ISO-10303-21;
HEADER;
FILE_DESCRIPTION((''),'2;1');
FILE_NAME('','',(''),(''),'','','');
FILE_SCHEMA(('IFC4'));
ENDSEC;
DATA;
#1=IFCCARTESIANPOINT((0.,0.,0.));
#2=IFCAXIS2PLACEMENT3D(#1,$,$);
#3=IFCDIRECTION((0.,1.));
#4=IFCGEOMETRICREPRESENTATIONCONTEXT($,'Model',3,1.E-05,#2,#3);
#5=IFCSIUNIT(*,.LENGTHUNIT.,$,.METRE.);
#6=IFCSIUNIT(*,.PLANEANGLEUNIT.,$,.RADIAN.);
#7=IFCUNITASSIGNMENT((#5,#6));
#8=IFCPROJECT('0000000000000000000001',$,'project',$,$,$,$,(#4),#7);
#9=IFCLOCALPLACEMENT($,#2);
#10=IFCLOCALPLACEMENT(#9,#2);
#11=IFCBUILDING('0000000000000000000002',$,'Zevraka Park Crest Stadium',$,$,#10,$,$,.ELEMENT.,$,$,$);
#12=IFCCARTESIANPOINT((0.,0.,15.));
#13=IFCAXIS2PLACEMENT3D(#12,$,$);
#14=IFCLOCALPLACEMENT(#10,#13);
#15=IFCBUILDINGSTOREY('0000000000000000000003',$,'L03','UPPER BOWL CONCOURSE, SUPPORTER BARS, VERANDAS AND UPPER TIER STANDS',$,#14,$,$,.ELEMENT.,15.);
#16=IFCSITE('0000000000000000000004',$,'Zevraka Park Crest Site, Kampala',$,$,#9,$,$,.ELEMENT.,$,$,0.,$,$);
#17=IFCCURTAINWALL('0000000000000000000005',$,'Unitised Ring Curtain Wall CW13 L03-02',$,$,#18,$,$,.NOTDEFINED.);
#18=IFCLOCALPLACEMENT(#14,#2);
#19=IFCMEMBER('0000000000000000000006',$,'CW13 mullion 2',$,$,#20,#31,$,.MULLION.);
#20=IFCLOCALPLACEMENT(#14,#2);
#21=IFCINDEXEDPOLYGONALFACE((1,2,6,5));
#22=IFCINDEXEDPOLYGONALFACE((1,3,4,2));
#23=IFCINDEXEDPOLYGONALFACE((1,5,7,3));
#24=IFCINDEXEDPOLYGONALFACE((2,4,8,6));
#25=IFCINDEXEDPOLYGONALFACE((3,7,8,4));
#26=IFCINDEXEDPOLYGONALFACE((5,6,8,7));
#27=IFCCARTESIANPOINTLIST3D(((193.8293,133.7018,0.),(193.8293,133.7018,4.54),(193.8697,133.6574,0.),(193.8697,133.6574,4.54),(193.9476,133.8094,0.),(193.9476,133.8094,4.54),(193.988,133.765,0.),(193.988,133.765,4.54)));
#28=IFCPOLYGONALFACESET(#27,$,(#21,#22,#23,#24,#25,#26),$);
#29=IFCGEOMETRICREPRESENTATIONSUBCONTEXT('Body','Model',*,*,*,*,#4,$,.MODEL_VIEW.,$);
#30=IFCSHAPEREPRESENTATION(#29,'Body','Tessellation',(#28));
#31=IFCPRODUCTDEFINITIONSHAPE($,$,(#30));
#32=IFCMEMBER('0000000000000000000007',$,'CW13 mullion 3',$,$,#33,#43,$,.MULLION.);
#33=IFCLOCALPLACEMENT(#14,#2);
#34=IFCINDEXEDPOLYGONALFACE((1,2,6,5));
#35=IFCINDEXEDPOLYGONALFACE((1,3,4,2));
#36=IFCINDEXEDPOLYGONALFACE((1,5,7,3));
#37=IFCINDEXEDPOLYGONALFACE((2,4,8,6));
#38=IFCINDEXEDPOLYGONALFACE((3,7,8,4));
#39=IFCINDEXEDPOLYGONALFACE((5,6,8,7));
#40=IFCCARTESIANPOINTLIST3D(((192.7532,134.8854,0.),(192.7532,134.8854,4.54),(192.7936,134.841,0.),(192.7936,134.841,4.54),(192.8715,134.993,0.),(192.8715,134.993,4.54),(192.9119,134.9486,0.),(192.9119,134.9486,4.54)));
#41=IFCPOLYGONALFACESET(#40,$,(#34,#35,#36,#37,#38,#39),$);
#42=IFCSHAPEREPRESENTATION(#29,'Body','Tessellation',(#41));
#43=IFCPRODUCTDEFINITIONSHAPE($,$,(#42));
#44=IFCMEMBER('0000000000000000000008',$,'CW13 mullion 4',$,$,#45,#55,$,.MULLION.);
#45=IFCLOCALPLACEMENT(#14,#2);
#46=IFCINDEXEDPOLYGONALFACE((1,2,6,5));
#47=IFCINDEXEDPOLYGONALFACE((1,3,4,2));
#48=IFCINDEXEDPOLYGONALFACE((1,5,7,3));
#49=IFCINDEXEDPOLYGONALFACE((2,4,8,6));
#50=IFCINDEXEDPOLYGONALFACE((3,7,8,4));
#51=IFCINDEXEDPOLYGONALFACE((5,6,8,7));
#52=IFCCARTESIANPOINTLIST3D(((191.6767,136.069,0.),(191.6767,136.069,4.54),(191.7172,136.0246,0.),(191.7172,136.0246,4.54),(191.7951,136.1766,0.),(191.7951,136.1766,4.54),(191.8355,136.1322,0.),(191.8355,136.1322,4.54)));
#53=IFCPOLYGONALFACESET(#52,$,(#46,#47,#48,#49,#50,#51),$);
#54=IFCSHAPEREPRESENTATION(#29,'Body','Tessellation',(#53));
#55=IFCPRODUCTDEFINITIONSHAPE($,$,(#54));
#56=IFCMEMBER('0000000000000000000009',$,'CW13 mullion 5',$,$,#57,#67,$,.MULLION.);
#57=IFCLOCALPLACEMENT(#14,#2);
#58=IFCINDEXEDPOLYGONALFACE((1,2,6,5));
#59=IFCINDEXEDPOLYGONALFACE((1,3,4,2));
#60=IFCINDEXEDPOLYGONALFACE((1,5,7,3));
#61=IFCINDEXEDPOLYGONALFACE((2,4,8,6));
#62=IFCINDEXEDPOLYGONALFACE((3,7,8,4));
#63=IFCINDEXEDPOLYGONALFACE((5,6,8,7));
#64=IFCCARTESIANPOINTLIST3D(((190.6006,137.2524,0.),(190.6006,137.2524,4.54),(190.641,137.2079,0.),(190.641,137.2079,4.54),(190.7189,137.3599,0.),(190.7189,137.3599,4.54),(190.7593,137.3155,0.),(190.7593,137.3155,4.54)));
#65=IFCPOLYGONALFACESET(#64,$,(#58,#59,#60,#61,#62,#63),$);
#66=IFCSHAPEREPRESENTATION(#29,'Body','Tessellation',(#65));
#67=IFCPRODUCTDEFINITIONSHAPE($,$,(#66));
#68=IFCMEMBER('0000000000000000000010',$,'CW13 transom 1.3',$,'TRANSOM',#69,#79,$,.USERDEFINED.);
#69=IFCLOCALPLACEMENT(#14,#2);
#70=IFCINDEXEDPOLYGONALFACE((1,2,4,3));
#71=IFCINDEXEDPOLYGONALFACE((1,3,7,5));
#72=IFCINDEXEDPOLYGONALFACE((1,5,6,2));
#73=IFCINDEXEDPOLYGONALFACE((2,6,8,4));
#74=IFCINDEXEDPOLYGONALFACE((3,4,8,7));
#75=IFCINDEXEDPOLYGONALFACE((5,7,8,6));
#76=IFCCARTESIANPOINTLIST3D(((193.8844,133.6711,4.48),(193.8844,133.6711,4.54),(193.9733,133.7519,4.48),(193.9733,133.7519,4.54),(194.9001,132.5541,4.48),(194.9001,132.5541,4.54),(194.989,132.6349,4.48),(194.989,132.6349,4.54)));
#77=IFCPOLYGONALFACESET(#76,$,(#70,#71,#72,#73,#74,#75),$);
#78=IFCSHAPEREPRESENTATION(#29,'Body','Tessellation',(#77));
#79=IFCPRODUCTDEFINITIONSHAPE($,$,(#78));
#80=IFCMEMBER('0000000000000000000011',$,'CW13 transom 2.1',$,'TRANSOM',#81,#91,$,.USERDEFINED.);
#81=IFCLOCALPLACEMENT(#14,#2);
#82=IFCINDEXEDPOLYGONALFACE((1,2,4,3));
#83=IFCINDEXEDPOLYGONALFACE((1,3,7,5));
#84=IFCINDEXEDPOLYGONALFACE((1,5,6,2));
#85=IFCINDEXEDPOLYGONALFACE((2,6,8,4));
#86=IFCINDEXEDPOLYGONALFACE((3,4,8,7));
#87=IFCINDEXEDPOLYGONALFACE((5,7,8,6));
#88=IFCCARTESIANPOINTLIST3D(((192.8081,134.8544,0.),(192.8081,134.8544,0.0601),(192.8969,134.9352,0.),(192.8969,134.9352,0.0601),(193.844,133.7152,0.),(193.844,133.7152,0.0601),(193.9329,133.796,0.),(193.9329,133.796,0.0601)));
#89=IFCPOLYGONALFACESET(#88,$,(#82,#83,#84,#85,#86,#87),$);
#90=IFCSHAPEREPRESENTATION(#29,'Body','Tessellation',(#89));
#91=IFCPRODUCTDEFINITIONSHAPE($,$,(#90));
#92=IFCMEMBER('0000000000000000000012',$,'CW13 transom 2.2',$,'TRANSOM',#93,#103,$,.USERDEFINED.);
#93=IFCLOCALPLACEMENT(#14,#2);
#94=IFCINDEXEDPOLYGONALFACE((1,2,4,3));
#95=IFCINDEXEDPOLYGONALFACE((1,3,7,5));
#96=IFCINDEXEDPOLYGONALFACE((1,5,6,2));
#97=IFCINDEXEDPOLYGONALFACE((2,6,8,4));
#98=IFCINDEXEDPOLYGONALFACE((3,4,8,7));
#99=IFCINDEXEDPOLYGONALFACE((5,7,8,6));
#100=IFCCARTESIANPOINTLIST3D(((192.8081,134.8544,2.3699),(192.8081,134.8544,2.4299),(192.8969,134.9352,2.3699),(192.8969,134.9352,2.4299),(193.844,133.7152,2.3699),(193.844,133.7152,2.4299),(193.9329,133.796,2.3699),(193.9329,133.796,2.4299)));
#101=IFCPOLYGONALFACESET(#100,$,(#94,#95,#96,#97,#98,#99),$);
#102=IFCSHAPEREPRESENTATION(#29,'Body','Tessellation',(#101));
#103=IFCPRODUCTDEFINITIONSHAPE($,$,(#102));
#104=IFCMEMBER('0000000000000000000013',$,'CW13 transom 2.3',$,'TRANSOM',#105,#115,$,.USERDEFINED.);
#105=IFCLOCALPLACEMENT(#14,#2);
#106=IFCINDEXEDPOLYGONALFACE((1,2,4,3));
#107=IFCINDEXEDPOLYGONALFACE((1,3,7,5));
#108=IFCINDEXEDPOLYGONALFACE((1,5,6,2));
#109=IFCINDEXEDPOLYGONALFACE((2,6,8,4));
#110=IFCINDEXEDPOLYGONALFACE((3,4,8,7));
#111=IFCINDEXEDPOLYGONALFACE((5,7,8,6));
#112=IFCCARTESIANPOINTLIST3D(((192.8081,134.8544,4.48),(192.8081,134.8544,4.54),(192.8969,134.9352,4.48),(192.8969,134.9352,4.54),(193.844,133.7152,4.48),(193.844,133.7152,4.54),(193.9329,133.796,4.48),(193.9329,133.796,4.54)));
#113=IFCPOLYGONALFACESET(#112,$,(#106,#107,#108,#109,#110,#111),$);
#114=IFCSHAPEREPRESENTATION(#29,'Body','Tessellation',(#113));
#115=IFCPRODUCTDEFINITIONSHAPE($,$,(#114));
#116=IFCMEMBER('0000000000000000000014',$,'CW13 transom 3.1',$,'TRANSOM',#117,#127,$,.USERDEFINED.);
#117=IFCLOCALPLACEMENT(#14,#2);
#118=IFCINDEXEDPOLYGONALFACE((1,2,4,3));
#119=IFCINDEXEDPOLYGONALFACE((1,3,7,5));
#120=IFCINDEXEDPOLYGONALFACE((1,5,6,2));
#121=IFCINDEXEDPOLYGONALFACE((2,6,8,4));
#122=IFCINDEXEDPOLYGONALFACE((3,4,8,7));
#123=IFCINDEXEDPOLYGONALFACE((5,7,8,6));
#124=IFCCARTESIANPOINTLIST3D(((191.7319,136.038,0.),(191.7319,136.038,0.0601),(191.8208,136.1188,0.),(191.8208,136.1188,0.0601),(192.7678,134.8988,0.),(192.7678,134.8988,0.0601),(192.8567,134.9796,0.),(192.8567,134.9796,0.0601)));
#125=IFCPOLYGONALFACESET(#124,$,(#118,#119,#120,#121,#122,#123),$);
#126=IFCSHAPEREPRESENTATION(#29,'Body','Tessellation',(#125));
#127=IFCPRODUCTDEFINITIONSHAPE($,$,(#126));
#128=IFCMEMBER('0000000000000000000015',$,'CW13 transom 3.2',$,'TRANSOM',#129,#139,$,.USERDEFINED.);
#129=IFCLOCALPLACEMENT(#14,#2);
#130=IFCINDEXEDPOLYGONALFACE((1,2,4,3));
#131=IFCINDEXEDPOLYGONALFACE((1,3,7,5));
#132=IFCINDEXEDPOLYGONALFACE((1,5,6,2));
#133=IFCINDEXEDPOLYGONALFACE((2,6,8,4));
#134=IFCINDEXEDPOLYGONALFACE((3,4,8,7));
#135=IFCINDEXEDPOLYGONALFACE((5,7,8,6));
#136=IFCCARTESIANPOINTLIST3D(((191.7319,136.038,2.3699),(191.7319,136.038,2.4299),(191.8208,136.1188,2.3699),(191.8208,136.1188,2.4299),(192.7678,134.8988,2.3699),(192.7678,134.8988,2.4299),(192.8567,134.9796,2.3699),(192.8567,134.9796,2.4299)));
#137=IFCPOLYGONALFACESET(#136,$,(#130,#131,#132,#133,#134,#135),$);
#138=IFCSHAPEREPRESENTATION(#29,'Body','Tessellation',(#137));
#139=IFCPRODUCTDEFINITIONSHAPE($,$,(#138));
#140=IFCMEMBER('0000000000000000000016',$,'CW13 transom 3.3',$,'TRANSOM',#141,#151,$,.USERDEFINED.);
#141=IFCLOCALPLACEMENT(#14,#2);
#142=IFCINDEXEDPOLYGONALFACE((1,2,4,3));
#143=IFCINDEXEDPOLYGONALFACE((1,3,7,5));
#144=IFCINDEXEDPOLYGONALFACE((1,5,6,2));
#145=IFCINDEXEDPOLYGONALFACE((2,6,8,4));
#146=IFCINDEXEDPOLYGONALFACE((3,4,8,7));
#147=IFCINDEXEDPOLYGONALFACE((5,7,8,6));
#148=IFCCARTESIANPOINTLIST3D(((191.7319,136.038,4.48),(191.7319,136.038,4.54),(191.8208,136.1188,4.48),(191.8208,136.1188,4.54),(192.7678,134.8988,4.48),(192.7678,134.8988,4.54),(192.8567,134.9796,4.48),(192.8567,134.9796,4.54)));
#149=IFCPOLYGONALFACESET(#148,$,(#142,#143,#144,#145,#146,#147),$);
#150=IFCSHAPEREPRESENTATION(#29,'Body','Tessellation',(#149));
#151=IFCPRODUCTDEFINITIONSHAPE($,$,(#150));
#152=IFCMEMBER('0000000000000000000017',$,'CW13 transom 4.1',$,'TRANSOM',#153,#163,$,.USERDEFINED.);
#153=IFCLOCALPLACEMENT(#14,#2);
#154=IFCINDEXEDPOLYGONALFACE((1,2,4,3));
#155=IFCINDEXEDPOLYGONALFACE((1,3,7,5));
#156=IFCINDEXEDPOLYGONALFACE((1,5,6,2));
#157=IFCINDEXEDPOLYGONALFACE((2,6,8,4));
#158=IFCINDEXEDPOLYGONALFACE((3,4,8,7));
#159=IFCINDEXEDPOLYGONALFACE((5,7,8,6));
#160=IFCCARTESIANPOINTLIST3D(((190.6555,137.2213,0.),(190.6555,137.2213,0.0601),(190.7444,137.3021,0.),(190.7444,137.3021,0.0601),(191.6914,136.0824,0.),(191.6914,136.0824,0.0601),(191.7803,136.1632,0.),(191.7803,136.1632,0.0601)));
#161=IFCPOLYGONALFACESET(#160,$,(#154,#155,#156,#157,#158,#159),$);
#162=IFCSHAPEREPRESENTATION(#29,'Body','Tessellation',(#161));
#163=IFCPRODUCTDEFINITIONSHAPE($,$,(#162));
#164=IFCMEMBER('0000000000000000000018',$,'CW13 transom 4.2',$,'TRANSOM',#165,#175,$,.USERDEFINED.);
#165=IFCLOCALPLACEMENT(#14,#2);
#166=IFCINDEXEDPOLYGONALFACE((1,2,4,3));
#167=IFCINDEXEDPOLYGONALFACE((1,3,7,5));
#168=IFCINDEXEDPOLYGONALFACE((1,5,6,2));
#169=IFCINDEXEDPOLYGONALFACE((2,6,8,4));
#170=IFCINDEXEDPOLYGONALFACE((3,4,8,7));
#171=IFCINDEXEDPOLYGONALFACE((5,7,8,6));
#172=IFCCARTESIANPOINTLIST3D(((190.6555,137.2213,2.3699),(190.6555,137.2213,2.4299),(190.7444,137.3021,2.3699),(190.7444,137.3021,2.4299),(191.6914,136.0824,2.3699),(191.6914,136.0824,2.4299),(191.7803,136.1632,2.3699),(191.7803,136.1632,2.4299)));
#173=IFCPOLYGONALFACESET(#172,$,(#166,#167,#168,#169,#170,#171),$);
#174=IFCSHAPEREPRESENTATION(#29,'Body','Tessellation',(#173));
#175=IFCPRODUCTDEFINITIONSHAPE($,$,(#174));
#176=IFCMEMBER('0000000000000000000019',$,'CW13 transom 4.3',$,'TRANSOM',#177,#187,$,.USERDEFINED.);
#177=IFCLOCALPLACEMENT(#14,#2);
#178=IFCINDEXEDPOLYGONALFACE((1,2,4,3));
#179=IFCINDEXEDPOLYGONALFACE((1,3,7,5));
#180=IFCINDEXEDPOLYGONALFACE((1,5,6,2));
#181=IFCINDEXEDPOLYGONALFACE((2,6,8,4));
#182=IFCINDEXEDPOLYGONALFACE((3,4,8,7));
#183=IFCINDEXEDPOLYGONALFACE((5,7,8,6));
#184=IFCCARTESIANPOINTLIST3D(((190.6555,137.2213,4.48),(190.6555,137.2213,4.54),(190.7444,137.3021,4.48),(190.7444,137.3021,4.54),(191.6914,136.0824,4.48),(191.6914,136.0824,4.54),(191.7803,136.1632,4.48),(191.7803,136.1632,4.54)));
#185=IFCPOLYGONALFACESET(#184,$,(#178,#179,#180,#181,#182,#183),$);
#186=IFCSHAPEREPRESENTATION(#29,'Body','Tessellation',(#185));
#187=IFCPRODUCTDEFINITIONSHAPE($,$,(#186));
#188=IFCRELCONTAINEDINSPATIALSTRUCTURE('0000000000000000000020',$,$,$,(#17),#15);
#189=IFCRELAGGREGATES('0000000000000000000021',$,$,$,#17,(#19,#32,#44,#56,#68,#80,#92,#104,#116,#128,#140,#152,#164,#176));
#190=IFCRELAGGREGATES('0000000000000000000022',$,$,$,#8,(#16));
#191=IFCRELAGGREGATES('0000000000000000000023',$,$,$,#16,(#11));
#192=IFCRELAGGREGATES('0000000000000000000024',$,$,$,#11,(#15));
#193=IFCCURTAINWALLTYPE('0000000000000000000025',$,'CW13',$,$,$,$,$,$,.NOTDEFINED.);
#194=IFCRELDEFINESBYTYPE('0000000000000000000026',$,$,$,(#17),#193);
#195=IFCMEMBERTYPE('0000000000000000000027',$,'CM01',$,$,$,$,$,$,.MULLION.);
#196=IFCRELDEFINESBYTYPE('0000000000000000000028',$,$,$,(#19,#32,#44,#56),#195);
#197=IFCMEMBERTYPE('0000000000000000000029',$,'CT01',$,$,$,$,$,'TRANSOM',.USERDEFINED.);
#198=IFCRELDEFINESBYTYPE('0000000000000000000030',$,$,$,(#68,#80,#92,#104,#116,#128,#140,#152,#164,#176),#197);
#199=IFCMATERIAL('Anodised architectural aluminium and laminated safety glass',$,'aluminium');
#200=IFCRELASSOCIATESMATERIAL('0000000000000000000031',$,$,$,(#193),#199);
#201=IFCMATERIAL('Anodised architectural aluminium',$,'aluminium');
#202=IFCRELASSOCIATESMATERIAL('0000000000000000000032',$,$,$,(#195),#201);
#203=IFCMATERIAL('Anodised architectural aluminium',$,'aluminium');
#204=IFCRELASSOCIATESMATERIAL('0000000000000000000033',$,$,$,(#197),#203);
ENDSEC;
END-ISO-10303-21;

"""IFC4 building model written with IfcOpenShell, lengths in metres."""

from ifc_helpers import new_model, si_unit, direction, frame, origin, origin_2d, place, context, subcontext, project, spatial, rectangle, extrude, material, material_profile, profile_set, type_object, element, aggregate, save


model = new_model("IFC4")

# Units and contexts
model_context = context("Model", 3, precision=1e-05, world=origin(), true_north=direction((0.0, 1.0)))
body_context = subcontext(model_context, "Body", "Model", "MODEL_VIEW")
ifc_project = project(units=[si_unit("LENGTHUNIT", "METRE"), si_unit("PLANEANGLEUNIT", "RADIAN")], contexts=[model_context])

# Site, building, storey
site_placement = place(None, origin())
site = spatial("IfcSite", under=ifc_project, at=site_placement, Name="Zevraka Park Crest Site, Kampala", CompositionType="ELEMENT", RefElevation=0.0)
building_placement = place(site_placement, origin())
building = spatial("IfcBuilding", under=site, at=building_placement, Name="Zevraka Park Crest Stadium", CompositionType="ELEMENT")
storey_placement = place(building_placement, frame((0.0, 0.0, 15.0)))
storey = spatial("IfcBuildingStorey", under=building, at=storey_placement, Name="L03", Description="UPPER BOWL CONCOURSE, SUPPORTER BARS, VERANDAS AND UPPER TIER STANDS", CompositionType="ELEMENT", Elevation=15.0)

# Curtain wall, members
ifc_material_1 = material(Name="Anodised architectural aluminium and laminated safety glass", Category="aluminium")
curtain_wall_type = type_object("IfcCurtainWallType", Name="CW13", PredefinedType="NOTDEFINED", material=ifc_material_1)
curtain_wall_placement = place(storey_placement, origin())
curtain_wall = element("IfcCurtainWall", 1, at=curtain_wall_placement, inside=storey, type_object=curtain_wall_type, Name="Unitised Ring Curtain Wall CW13 L03-02", PredefinedType="NOTDEFINED")
ifc_material_2 = material(Name="Anodised architectural aluminium", Category="aluminium")
ifc_material_profile_1 = material_profile(ifc_material_2, rectangle(XDim=0.1599, YDim=0.0601, at=origin_2d()), Name="ALU MULLION 160x60")
ifc_profile_set_1 = profile_set([ifc_material_profile_1], Name="Anodised architectural aluminium")
member_type_1 = type_object("IfcMemberType", Name="CM01", PredefinedType="MULLION", material=ifc_profile_set_1)
member_1_placement = place(storey_placement, frame((193.9087, 133.7334, 0.0), z_axis=(0.0, 0.0, 1.0), x_axis=(-0.739823, -0.672802, 0.0)))
member_1 = element("IfcMember", 2, at=member_1_placement, type_object=member_type_1, Name="CW13 mullion 2", PredefinedType="MULLION", context=body_context, shape_type="SweptSolid", body=[
    extrude(rectangle(XDim=0.1599, YDim=0.0601, at=origin_2d()), origin(), (0.0, 0.0, 1.0), 4.54),
])
member_2_placement = place(storey_placement, frame((192.8325, 134.917, 0.0), z_axis=(0.0, 0.0, 1.0), x_axis=(-0.739823, -0.672802, 0.0)))
member_2 = element("IfcMember", 3, at=member_2_placement, type_object=member_type_1, Name="CW13 mullion 3", PredefinedType="MULLION", context=body_context, shape_type="SweptSolid", body=[
    extrude(rectangle(XDim=0.1599, YDim=0.0601, at=origin_2d()), origin(), (0.0, 0.0, 1.0), 4.54),
])
member_3_placement = place(storey_placement, frame((191.7561, 136.1006, 0.0), z_axis=(0.0, 0.0, 1.0), x_axis=(-0.739823, -0.672802, 0.0)))
member_3 = element("IfcMember", 4, at=member_3_placement, type_object=member_type_1, Name="CW13 mullion 4", PredefinedType="MULLION", context=body_context, shape_type="SweptSolid", body=[
    extrude(rectangle(XDim=0.1599, YDim=0.0601, at=origin_2d()), origin(), (0.0, 0.0, 1.0), 4.54),
])
member_4_placement = place(storey_placement, frame((190.6799, 137.2839, 0.0), z_axis=(0.0, 0.0, 1.0), x_axis=(-0.739823, -0.672802, 0.0)))
member_4 = element("IfcMember", 5, at=member_4_placement, type_object=member_type_1, Name="CW13 mullion 5", PredefinedType="MULLION", context=body_context, shape_type="SweptSolid", body=[
    extrude(rectangle(XDim=0.1599, YDim=0.0601, at=origin_2d()), origin(), (0.0, 0.0, 1.0), 4.54),
])
ifc_material_3 = material(Name="Anodised architectural aluminium", Category="aluminium")
ifc_material_profile_2 = material_profile(ifc_material_3, rectangle(XDim=0.1201, YDim=0.0601, at=origin_2d()), Name="ALU TRANSOM 120x60")
ifc_profile_set_2 = profile_set([ifc_material_profile_2], Name="Anodised architectural aluminium")
member_type_2 = type_object("IfcMemberType", Name="CT01", ElementType="TRANSOM", PredefinedType="USERDEFINED", material=ifc_profile_set_2)
member_5_placement = place(storey_placement, frame((194.9446, 132.5945, 4.51), z_axis=(-0.672753, 0.739867, 0.0), x_axis=(-0.739867, -0.672753, 0.0)))
member_5 = element("IfcMember", 6, at=member_5_placement, type_object=member_type_2, Name="CW13 transom 1.3", ObjectType="TRANSOM", PredefinedType="USERDEFINED", context=body_context, shape_type="SweptSolid", body=[
    extrude(rectangle(XDim=0.1201, YDim=0.0601, at=origin_2d()), origin(), (0.0, 0.0, 1.0), 1.5098),
])
member_6_placement = place(storey_placement, frame((193.8884, 133.7556, 0.03), z_axis=(-0.672775, 0.739847, 0.0), x_axis=(-0.739847, -0.672775, 0.0)))
member_6 = element("IfcMember", 7, at=member_6_placement, type_object=member_type_2, Name="CW13 transom 2.1", ObjectType="TRANSOM", PredefinedType="USERDEFINED", context=body_context, shape_type="SweptSolid", body=[
    extrude(rectangle(XDim=0.1201, YDim=0.0601, at=origin_2d()), origin(), (0.0, 0.0, 1.0), 1.5398),
])
member_7_placement = place(storey_placement, frame((193.8884, 133.7556, 2.3999), z_axis=(-0.672775, 0.739847, 0.0), x_axis=(-0.739847, -0.672775, 0.0)))
member_7 = element("IfcMember", 8, at=member_7_placement, type_object=member_type_2, Name="CW13 transom 2.2", ObjectType="TRANSOM", PredefinedType="USERDEFINED", context=body_context, shape_type="SweptSolid", body=[
    extrude(rectangle(XDim=0.1201, YDim=0.0601, at=origin_2d()), origin(), (0.0, 0.0, 1.0), 1.5398),
])
member_8_placement = place(storey_placement, frame((193.8884, 133.7556, 4.51), z_axis=(-0.672775, 0.739847, 0.0), x_axis=(-0.739847, -0.672775, 0.0)))
member_8 = element("IfcMember", 9, at=member_8_placement, type_object=member_type_2, Name="CW13 transom 2.3", ObjectType="TRANSOM", PredefinedType="USERDEFINED", context=body_context, shape_type="SweptSolid", body=[
    extrude(rectangle(XDim=0.1201, YDim=0.0601, at=origin_2d()), origin(), (0.0, 0.0, 1.0), 1.5398),
])
member_9_placement = place(storey_placement, frame((192.8123, 134.9392, 0.03), z_axis=(-0.672775, 0.739847, 0.0), x_axis=(-0.739847, -0.672775, 0.0)))
member_9 = element("IfcMember", 10, at=member_9_placement, type_object=member_type_2, Name="CW13 transom 3.1", ObjectType="TRANSOM", PredefinedType="USERDEFINED", context=body_context, shape_type="SweptSolid", body=[
    extrude(rectangle(XDim=0.1201, YDim=0.0601, at=origin_2d()), origin(), (0.0, 0.0, 1.0), 1.5398),
])
member_10_placement = place(storey_placement, frame((192.8123, 134.9392, 2.3999), z_axis=(-0.672775, 0.739847, 0.0), x_axis=(-0.739847, -0.672775, 0.0)))
member_10 = element("IfcMember", 11, at=member_10_placement, type_object=member_type_2, Name="CW13 transom 3.2", ObjectType="TRANSOM", PredefinedType="USERDEFINED", context=body_context, shape_type="SweptSolid", body=[
    extrude(rectangle(XDim=0.1201, YDim=0.0601, at=origin_2d()), origin(), (0.0, 0.0, 1.0), 1.5398),
])
member_11_placement = place(storey_placement, frame((192.8123, 134.9392, 4.51), z_axis=(-0.672775, 0.739847, 0.0), x_axis=(-0.739847, -0.672775, 0.0)))
member_11 = element("IfcMember", 12, at=member_11_placement, type_object=member_type_2, Name="CW13 transom 3.3", ObjectType="TRANSOM", PredefinedType="USERDEFINED", context=body_context, shape_type="SweptSolid", body=[
    extrude(rectangle(XDim=0.1201, YDim=0.0601, at=origin_2d()), origin(), (0.0, 0.0, 1.0), 1.5398),
])
member_12_placement = place(storey_placement, frame((191.7358, 136.1228, 0.03), z_axis=(-0.672854, 0.739775, 0.0), x_axis=(-0.739775, -0.672854, 0.0)))
member_12 = element("IfcMember", 13, at=member_12_placement, type_object=member_type_2, Name="CW13 transom 4.1", ObjectType="TRANSOM", PredefinedType="USERDEFINED", context=body_context, shape_type="SweptSolid", body=[
    extrude(rectangle(XDim=0.1201, YDim=0.0601, at=origin_2d()), origin(), (0.0, 0.0, 1.0), 1.5396),
])
member_13_placement = place(storey_placement, frame((191.7358, 136.1228, 2.3999), z_axis=(-0.672854, 0.739775, 0.0), x_axis=(-0.739775, -0.672854, 0.0)))
member_13 = element("IfcMember", 14, at=member_13_placement, type_object=member_type_2, Name="CW13 transom 4.2", ObjectType="TRANSOM", PredefinedType="USERDEFINED", context=body_context, shape_type="SweptSolid", body=[
    extrude(rectangle(XDim=0.1201, YDim=0.0601, at=origin_2d()), origin(), (0.0, 0.0, 1.0), 1.5396),
])
member_14_placement = place(storey_placement, frame((191.7358, 136.1228, 4.51), z_axis=(-0.672854, 0.739775, 0.0), x_axis=(-0.739775, -0.672854, 0.0)))
member_14 = element("IfcMember", 15, at=member_14_placement, type_object=member_type_2, Name="CW13 transom 4.3", ObjectType="TRANSOM", PredefinedType="USERDEFINED", context=body_context, shape_type="SweptSolid", body=[
    extrude(rectangle(XDim=0.1201, YDim=0.0601, at=origin_2d()), origin(), (0.0, 0.0, 1.0), 1.5396),
])
aggregate(curtain_wall, [member_1, member_2, member_3, member_4, member_5, member_6, member_7, member_8, member_9, member_10, member_11, member_12, member_13, member_14])

save(model, "model.ifc")
